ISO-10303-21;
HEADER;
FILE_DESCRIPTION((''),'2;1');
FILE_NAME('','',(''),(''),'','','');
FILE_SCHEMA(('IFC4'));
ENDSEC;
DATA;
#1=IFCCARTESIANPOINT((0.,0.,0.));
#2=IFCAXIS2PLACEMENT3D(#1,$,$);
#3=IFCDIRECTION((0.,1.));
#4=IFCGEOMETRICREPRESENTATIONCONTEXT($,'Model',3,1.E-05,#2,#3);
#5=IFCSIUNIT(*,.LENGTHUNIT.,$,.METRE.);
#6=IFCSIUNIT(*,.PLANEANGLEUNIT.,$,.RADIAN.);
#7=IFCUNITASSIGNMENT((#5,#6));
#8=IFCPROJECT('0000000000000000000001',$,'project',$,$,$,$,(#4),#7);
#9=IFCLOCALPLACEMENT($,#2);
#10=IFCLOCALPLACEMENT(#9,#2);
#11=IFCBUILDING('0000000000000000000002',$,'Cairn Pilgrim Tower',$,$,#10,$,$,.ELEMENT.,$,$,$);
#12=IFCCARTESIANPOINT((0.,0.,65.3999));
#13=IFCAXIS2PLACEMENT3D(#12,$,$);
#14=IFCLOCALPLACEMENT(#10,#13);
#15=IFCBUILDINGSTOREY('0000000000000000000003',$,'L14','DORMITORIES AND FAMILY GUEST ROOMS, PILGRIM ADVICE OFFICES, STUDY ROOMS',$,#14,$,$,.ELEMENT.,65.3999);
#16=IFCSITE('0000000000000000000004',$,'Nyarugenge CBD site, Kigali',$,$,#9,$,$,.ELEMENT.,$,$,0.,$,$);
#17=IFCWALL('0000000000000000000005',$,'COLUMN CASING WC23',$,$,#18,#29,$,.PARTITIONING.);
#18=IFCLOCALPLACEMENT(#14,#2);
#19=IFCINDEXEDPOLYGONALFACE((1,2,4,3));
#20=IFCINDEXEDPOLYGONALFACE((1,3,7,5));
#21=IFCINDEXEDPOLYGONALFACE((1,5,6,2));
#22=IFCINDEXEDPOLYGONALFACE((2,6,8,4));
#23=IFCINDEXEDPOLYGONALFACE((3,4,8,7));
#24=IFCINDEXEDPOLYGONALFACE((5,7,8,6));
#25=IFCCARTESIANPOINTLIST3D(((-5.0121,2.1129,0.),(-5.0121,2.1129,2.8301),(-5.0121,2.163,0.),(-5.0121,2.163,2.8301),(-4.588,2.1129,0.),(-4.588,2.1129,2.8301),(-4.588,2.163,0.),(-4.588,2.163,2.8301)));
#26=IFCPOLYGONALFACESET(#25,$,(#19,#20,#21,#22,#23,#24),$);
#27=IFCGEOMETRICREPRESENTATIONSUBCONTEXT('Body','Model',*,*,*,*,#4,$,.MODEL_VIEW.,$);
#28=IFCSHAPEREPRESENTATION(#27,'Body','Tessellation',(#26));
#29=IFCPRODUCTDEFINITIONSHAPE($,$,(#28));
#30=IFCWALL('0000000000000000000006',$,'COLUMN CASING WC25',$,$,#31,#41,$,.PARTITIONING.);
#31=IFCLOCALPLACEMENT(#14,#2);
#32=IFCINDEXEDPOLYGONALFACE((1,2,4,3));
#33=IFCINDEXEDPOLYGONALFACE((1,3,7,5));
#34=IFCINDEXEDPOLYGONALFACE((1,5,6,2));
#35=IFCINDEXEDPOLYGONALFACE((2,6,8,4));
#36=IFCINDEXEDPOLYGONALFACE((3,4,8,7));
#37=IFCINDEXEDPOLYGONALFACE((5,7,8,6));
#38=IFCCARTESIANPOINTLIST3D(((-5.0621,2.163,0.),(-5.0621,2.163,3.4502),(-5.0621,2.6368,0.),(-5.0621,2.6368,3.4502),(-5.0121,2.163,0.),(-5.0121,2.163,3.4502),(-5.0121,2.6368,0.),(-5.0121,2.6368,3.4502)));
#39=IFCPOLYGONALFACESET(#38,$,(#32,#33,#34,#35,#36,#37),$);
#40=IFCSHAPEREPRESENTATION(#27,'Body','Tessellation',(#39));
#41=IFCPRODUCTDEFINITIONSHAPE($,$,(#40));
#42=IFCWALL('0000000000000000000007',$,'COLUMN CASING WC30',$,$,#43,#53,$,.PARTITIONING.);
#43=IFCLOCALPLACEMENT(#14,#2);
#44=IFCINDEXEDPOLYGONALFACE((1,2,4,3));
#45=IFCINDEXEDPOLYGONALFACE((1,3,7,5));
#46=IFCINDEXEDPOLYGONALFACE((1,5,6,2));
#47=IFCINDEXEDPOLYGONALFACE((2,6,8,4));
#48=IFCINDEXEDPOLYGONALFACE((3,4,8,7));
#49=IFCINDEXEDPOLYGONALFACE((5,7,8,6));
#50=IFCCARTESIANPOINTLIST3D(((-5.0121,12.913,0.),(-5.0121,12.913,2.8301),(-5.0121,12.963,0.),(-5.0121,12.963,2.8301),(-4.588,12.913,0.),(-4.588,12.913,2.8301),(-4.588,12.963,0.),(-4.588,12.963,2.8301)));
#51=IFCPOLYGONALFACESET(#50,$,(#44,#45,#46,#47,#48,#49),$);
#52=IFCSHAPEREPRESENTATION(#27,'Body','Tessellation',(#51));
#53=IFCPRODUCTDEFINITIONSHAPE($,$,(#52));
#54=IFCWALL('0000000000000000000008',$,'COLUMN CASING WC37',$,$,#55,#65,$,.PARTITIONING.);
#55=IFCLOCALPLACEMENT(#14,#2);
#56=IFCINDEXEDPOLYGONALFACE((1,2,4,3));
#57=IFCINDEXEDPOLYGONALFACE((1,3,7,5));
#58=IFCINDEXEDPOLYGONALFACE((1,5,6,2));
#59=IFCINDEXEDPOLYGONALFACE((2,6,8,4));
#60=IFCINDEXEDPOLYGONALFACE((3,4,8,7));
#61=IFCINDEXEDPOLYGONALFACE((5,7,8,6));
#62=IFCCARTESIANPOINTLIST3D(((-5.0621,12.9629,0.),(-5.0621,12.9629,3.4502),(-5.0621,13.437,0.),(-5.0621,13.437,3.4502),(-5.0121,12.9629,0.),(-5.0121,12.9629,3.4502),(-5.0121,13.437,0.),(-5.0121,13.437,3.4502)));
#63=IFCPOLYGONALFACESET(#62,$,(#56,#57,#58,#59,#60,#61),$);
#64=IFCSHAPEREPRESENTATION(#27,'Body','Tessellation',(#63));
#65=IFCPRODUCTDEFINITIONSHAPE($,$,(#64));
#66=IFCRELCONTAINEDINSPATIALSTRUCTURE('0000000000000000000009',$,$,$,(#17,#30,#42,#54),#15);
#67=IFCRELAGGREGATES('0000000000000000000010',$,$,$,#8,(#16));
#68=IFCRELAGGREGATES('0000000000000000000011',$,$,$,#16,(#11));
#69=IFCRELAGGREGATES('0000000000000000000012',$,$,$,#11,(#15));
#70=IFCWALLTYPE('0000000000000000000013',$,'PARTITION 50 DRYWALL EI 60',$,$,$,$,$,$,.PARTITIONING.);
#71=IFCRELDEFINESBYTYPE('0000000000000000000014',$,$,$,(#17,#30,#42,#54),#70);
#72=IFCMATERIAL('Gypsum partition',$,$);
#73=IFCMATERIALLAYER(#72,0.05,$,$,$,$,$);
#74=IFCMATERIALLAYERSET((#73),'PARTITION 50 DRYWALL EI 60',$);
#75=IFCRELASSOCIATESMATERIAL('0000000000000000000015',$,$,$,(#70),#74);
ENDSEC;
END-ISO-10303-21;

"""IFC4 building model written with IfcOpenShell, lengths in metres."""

from ifc_helpers import new_model, si_unit, direction, frame, frame_2d, origin, place, context, subcontext, project, spatial, rectangle, extrude, material, layer, layer_set, type_object, element, save


model = new_model("IFC4")

# Units and contexts
model_context = context("Model", 3, precision=1e-05, world=origin(), true_north=direction((0.0, 1.0)))
body_context = subcontext(model_context, "Body", "Model", "MODEL_VIEW")
ifc_project = project(units=[si_unit("LENGTHUNIT", "METRE"), si_unit("PLANEANGLEUNIT", "RADIAN")], contexts=[model_context])

# Site, building, storey
site_placement = place(None, origin())
site = spatial("IfcSite", under=ifc_project, at=site_placement, Name="Nyarugenge CBD site, Kigali", CompositionType="ELEMENT", RefElevation=0.0)
building_placement = place(site_placement, origin())
building = spatial("IfcBuilding", under=site, at=building_placement, Name="Cairn Pilgrim Tower", CompositionType="ELEMENT")
storey_placement = place(building_placement, frame((0.0, 0.0, 65.3999)))
storey = spatial("IfcBuildingStorey", under=building, at=storey_placement, Name="L14", Description="DORMITORIES AND FAMILY GUEST ROOMS, PILGRIM ADVICE OFFICES, STUDY ROOMS", CompositionType="ELEMENT", Elevation=65.3999)

# Shared definitions
ifc_material_1 = material(Name="Gypsum partition")

# Walls
ifc_layer_1 = layer(ifc_material_1, 0.05)
ifc_layer_set_1 = layer_set([ifc_layer_1], Name="PARTITION 50 DRYWALL EI 60")
wall_type_1 = type_object("IfcWallType", Name="PARTITION 50 DRYWALL EI 60", PredefinedType="PARTITIONING", material=ifc_layer_set_1)
wall_1_placement = place(storey_placement, frame((-5.012, 2.1379, 0.0), z_axis=(0.0, 0.0, 1.0), x_axis=(1.0, 0.0, 0.0)))
element("IfcWall", 1, at=wall_1_placement, inside=storey, type_object=wall_type_1, Name="COLUMN CASING WC23", PredefinedType="PARTITIONING", context=body_context, shape_type="SweptSolid", body=[
    extrude(rectangle(XDim=0.4241, YDim=0.05, at=frame_2d((0.2119, 0.0))), origin(), (0.0, 0.0, 1.0), 2.8301),
])
wall_2_placement = place(storey_placement, frame((-5.0371, 2.1631, 0.0), z_axis=(0.0, 0.0, 1.0), x_axis=(0.0, 1.0, 0.0)))
element("IfcWall", 2, at=wall_2_placement, inside=storey, type_object=wall_type_1, Name="COLUMN CASING WC25", PredefinedType="PARTITIONING", context=body_context, shape_type="SweptSolid", body=[
    extrude(rectangle(XDim=0.4739, YDim=0.05, at=frame_2d((0.2368, 0.0))), origin(), (0.0, 0.0, 1.0), 3.4502),
])
wall_3_placement = place(storey_placement, frame((-5.012, 12.938, 0.0), z_axis=(0.0, 0.0, 1.0), x_axis=(1.0, 0.0, 0.0)))
element("IfcWall", 3, at=wall_3_placement, inside=storey, type_object=wall_type_1, Name="COLUMN CASING WC30", PredefinedType="PARTITIONING", context=body_context, shape_type="SweptSolid", body=[
    extrude(rectangle(XDim=0.4241, YDim=0.05, at=frame_2d((0.2119, 0.0))), origin(), (0.0, 0.0, 1.0), 2.8301),
])
wall_4_placement = place(storey_placement, frame((-5.0371, 12.9629, 0.0), z_axis=(0.0, 0.0, 1.0), x_axis=(0.0, 1.0, 0.0)))
element("IfcWall", 4, at=wall_4_placement, inside=storey, type_object=wall_type_1, Name="COLUMN CASING WC37", PredefinedType="PARTITIONING", context=body_context, shape_type="SweptSolid", body=[
    extrude(rectangle(XDim=0.4741, YDim=0.05, at=frame_2d((0.2371, 0.0))), origin(), (0.0, 0.0, 1.0), 3.4502),
])

save(model, "model.ifc")
